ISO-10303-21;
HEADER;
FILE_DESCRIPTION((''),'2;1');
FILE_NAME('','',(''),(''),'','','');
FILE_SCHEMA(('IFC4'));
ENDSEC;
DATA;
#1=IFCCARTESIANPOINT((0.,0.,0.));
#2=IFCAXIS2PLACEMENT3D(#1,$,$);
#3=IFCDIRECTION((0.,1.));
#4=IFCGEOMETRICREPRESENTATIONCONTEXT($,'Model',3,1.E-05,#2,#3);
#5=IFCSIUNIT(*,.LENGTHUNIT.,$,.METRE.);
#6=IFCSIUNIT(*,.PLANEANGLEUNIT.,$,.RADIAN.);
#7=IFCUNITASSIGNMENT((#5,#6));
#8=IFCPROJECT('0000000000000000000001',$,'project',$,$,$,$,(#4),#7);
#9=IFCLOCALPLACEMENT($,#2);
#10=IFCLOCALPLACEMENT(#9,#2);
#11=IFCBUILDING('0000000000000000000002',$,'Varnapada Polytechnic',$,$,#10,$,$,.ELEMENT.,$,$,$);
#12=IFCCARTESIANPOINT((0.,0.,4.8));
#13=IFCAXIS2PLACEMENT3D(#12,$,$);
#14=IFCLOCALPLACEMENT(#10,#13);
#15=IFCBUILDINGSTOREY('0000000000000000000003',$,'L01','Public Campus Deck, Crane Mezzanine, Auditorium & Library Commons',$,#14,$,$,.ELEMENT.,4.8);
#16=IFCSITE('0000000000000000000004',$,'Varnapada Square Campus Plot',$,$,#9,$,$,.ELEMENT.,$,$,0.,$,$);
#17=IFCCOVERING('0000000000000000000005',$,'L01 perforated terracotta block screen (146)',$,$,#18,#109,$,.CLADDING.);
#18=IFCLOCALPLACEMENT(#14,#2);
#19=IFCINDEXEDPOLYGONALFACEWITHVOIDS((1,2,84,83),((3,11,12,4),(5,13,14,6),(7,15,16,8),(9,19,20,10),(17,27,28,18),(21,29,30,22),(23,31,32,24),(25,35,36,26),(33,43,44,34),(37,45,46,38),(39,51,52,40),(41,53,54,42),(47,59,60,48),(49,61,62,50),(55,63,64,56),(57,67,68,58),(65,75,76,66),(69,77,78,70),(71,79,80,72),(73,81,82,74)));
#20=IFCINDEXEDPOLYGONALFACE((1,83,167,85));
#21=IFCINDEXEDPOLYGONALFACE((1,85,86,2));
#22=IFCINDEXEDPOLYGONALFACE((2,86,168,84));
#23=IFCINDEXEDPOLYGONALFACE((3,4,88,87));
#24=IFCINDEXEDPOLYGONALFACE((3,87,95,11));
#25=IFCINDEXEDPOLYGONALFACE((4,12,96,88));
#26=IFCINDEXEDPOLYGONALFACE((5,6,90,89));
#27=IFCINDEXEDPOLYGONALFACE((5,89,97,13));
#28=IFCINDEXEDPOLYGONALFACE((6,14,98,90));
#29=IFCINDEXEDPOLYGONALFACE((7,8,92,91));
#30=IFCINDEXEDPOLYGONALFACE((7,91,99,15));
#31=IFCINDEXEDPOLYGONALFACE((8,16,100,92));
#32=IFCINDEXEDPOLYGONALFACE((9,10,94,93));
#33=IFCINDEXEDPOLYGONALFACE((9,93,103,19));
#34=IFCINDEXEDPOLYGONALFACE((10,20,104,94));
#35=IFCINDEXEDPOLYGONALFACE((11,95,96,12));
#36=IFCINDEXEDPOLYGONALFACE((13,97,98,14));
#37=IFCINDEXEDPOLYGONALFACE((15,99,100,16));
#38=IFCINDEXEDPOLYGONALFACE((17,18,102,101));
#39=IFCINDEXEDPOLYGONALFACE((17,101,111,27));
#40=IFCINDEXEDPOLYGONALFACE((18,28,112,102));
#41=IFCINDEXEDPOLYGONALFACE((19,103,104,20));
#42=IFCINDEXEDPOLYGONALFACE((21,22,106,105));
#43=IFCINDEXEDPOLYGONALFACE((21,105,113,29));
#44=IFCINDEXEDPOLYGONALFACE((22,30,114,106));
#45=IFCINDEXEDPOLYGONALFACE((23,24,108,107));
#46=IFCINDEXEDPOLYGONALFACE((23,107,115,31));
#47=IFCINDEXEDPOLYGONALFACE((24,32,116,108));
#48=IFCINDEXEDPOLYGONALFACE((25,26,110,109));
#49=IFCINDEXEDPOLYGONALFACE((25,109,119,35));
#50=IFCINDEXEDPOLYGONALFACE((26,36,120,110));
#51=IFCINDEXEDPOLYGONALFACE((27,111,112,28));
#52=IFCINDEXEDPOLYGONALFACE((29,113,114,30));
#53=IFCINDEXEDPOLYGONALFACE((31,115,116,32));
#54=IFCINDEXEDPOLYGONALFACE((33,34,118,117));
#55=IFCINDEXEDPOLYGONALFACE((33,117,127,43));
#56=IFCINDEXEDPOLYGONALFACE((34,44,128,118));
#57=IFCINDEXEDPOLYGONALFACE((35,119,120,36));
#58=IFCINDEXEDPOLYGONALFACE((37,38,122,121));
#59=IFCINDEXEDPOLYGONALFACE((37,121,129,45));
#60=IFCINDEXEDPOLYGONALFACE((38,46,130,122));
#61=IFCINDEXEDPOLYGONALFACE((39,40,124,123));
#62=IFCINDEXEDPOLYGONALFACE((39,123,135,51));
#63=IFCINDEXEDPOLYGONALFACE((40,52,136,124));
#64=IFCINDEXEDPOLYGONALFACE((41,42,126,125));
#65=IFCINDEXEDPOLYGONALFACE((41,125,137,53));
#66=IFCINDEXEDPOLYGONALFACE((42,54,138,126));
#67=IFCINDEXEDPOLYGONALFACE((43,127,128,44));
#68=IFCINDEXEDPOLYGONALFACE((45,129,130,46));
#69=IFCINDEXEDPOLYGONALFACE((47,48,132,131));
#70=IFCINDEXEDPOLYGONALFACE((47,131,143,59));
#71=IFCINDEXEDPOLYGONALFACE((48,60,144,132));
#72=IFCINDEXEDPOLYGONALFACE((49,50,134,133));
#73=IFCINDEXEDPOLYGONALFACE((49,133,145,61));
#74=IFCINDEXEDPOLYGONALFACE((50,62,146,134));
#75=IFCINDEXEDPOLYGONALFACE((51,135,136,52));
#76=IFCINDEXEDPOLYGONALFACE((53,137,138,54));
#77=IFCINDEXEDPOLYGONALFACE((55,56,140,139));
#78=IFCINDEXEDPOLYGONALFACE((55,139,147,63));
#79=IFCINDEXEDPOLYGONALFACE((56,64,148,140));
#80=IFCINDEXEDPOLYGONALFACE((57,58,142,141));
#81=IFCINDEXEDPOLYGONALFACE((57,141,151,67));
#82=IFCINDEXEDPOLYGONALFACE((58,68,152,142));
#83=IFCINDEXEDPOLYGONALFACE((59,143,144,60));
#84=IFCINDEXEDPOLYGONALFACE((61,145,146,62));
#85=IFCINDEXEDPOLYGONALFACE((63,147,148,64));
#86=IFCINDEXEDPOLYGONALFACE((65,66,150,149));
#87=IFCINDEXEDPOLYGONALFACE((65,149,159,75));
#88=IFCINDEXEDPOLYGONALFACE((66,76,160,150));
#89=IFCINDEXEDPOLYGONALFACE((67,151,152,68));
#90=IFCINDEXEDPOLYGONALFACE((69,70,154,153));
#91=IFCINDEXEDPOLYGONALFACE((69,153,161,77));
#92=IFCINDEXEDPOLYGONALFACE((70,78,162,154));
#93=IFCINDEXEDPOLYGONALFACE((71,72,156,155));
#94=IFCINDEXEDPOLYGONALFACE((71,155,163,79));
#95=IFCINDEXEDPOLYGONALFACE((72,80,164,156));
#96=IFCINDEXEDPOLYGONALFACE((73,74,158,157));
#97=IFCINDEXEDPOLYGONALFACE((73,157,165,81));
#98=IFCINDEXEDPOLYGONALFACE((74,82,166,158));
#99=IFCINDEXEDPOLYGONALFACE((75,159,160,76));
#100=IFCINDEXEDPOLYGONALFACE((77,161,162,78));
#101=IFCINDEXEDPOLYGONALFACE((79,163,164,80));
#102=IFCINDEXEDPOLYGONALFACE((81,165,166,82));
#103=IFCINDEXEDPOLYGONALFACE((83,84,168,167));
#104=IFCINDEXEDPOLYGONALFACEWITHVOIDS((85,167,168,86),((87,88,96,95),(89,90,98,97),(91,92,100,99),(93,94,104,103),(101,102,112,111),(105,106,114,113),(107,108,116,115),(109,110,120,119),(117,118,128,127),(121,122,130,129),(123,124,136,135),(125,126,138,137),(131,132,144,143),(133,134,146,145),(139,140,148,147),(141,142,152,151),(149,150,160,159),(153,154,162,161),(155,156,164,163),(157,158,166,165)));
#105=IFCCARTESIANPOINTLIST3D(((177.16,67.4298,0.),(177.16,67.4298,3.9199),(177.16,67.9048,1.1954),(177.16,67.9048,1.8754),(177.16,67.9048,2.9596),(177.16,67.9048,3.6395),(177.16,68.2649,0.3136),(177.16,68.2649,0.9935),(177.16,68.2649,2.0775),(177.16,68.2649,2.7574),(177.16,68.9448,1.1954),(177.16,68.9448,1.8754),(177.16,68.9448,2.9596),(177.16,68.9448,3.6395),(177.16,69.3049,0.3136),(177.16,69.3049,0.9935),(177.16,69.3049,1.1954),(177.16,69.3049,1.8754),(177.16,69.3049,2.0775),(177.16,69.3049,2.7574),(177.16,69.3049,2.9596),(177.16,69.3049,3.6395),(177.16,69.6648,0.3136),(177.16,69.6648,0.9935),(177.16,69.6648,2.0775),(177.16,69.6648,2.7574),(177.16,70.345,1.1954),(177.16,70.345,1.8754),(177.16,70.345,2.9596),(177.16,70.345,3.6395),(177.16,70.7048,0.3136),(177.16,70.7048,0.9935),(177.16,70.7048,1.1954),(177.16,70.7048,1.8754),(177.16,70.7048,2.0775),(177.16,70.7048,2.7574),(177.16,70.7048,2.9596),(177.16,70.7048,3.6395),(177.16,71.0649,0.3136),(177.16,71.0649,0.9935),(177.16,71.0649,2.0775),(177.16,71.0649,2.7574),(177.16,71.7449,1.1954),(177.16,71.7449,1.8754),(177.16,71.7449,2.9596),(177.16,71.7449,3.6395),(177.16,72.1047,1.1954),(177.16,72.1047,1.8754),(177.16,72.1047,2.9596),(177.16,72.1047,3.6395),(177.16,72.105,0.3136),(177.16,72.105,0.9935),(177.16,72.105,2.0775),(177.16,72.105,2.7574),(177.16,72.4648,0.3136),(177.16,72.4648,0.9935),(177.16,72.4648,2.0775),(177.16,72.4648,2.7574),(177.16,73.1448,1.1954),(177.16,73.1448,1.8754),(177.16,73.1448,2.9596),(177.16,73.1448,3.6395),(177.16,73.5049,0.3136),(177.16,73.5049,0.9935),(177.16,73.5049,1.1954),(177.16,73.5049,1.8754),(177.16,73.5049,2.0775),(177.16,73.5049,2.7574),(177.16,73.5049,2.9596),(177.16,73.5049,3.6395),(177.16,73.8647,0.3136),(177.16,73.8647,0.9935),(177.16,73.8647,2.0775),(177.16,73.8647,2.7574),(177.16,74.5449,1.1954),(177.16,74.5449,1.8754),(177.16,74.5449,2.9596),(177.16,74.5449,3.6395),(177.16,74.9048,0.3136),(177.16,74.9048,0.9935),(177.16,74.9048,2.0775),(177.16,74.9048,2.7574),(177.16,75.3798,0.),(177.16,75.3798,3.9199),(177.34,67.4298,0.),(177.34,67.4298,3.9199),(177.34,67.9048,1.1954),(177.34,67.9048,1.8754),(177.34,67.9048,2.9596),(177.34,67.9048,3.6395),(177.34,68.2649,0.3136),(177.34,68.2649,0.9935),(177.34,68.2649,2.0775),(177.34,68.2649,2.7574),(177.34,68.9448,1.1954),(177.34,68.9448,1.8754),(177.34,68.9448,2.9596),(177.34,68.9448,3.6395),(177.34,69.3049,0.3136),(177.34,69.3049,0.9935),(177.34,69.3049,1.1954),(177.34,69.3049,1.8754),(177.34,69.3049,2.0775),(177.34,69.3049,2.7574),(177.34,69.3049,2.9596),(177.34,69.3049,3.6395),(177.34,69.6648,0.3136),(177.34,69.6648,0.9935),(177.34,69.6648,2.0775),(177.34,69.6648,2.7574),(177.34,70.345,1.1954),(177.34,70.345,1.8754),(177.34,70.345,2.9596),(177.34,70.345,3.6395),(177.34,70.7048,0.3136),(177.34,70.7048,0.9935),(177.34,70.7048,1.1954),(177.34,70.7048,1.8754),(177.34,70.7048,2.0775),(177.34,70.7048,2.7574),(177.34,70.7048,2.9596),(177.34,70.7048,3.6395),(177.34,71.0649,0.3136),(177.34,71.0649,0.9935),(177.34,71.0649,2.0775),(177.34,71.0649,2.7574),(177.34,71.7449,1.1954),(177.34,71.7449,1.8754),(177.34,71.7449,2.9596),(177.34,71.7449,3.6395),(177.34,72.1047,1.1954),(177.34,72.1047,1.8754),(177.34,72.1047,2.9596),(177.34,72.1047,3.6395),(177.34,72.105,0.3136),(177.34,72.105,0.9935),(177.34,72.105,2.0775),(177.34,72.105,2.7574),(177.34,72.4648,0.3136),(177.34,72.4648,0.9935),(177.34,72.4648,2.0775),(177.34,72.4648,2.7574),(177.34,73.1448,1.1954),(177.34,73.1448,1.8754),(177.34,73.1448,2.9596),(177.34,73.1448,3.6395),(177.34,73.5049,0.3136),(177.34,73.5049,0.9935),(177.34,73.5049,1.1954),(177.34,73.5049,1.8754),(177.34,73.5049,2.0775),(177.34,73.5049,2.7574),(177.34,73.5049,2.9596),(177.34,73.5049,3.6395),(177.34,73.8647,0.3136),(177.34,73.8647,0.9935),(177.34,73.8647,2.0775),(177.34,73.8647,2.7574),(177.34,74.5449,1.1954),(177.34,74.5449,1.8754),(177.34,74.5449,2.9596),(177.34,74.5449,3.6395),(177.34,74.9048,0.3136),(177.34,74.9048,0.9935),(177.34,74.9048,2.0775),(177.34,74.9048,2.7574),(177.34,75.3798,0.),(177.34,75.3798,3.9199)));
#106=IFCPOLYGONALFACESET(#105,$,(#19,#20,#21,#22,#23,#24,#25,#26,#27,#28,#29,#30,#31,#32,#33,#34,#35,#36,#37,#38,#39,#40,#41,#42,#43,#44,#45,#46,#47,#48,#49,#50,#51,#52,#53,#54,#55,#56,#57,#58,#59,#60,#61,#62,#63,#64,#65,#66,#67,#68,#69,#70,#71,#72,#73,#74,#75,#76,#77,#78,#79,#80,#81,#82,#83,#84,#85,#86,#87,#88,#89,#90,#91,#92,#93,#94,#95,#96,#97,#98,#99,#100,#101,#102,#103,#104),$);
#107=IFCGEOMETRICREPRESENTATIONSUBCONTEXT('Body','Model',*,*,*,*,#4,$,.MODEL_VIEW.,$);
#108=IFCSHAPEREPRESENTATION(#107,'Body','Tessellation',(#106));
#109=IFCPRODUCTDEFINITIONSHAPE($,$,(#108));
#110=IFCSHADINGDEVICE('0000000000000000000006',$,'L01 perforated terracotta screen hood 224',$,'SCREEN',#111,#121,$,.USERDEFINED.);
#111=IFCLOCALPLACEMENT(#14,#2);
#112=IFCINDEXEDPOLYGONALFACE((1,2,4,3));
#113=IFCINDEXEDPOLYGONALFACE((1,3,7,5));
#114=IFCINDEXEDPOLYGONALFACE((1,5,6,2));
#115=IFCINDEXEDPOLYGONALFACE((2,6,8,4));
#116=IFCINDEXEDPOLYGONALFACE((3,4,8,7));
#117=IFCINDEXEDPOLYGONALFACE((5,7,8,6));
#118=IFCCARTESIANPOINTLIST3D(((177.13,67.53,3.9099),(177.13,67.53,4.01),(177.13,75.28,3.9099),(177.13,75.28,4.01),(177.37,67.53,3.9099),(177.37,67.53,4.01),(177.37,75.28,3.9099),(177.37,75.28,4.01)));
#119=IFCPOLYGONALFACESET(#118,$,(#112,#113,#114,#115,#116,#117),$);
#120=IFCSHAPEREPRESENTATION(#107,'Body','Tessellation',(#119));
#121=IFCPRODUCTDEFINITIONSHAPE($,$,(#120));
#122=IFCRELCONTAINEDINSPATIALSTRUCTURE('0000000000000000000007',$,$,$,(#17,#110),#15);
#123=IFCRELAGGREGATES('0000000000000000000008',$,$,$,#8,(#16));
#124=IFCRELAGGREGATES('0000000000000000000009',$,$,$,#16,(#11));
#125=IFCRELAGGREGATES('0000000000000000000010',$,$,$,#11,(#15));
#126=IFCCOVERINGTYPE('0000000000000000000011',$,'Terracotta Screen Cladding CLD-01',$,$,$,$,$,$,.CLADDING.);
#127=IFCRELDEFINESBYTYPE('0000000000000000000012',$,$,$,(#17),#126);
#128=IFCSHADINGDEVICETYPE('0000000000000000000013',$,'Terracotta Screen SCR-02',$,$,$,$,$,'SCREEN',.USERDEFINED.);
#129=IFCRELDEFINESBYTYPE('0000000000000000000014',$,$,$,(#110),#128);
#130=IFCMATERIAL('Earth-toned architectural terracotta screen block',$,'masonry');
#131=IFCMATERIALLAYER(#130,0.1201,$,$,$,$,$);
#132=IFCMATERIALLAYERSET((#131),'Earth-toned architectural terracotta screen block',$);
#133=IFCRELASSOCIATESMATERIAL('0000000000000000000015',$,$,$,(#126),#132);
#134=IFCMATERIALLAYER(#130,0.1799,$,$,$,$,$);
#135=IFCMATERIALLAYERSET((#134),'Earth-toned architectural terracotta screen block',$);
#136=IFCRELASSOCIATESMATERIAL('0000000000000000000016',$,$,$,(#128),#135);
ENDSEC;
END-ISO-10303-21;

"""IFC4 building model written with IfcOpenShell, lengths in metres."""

from ifc_helpers import new_model, si_unit, direction, frame, frame_2d, origin, origin_2d, place, context, subcontext, project, spatial, rectangle, extrude, material, layer, layer_set, type_object, element, save


model = new_model("IFC4")

# Units and contexts
model_context = context("Model", 3, precision=1e-05, world=origin(), true_north=direction((0.0, 1.0)))
body_context = subcontext(model_context, "Body", "Model", "MODEL_VIEW")
ifc_project = project(units=[si_unit("LENGTHUNIT", "METRE"), si_unit("PLANEANGLEUNIT", "RADIAN")], contexts=[model_context])

# Site, building, storey
site_placement = place(None, origin())
site = spatial("IfcSite", under=ifc_project, at=site_placement, Name="Varnapada Square Campus Plot", CompositionType="ELEMENT", RefElevation=0.0)
building_placement = place(site_placement, origin())
building = spatial("IfcBuilding", under=site, at=building_placement, Name="Varnapada Polytechnic", CompositionType="ELEMENT")
storey_placement = place(building_placement, frame((0.0, 0.0, 4.8)))
storey = spatial("IfcBuildingStorey", under=building, at=storey_placement, Name="L01", Description="Public Campus Deck, Crane Mezzanine, Auditorium & Library Commons", CompositionType="ELEMENT", Elevation=4.8)

# Covering, openings
ifc_material_1 = material(Name="Earth-toned architectural terracotta screen block", Category="masonry")
ifc_layer_1 = layer(ifc_material_1, 0.1201)
ifc_layer_set_1 = layer_set([ifc_layer_1], Name="Earth-toned architectural terracotta screen block")
covering_type = type_object("IfcCoveringType", Name="Terracotta Screen Cladding CLD-01", PredefinedType="CLADDING", material=ifc_layer_set_1)
covering_placement = place(storey_placement, frame((177.25, 75.3799, 0.0), z_axis=(0.0, 0.0, 1.0), x_axis=(0.0, -1.0, 0.0)))
covering = element("IfcCovering", 1, at=covering_placement, inside=storey, type_object=covering_type, Name="L01 perforated terracotta block screen (146)", PredefinedType="CLADDING", context=body_context, shape_type="SweptSolid", body=[
    extrude(rectangle(XDim=7.95, YDim=0.1799, at=frame_2d((3.9751, 0.0))), origin(), (0.0, 0.0, 1.0), 3.9199),
])
opening_1_placement = place(covering_placement, frame((0.4751, 0.0, 0.3137)))
element("IfcOpeningElement", 2, at=opening_1_placement, cuts=covering, PredefinedType="OPENING", context=body_context, shape_type="SweptSolid", body=[
    extrude(rectangle(XDim=1.04, YDim=0.6799, at=frame_2d((0.52, 0.3398))), frame((0.0, 0.0999, 0.0), z_axis=(0.0, -1.0, 0.0), x_axis=(1.0, 0.0, 0.0)), (0.0, 0.0, 1.0), 0.2),
])
opening_2_placement = place(covering_placement, frame((1.875, 0.0, 0.3137)))
element("IfcOpeningElement", 3, at=opening_2_placement, cuts=covering, PredefinedType="OPENING", context=body_context, shape_type="SweptSolid", body=[
    extrude(rectangle(XDim=1.04, YDim=0.6799, at=frame_2d((0.52, 0.3398))), frame((0.0, 0.0999, 0.0), z_axis=(0.0, -1.0, 0.0), x_axis=(1.0, 0.0, 0.0)), (0.0, 0.0, 1.0), 0.2),
])
opening_3_placement = place(covering_placement, frame((3.2749, 0.0, 0.3137)))
element("IfcOpeningElement", 4, at=opening_3_placement, cuts=covering, PredefinedType="OPENING", context=body_context, shape_type="SweptSolid", body=[
    extrude(rectangle(XDim=1.04, YDim=0.6799, at=frame_2d((0.52, 0.3398))), frame((0.0, 0.0999, 0.0), z_axis=(0.0, -1.0, 0.0), x_axis=(1.0, 0.0, 0.0)), (0.0, 0.0, 1.0), 0.2),
])
opening_4_placement = place(covering_placement, frame((4.675, 0.0, 0.3137)))
element("IfcOpeningElement", 5, at=opening_4_placement, cuts=covering, PredefinedType="OPENING", context=body_context, shape_type="SweptSolid", body=[
    extrude(rectangle(XDim=1.04, YDim=0.6799, at=frame_2d((0.52, 0.3398))), frame((0.0, 0.0999, 0.0), z_axis=(0.0, -1.0, 0.0), x_axis=(1.0, 0.0, 0.0)), (0.0, 0.0, 1.0), 0.2),
])
opening_5_placement = place(covering_placement, frame((6.075, 0.0, 0.3137)))
element("IfcOpeningElement", 6, at=opening_5_placement, cuts=covering, PredefinedType="OPENING", context=body_context, shape_type="SweptSolid", body=[
    extrude(rectangle(XDim=1.04, YDim=0.6799, at=frame_2d((0.52, 0.3398))), frame((0.0, 0.0999, 0.0), z_axis=(0.0, -1.0, 0.0), x_axis=(1.0, 0.0, 0.0)), (0.0, 0.0, 1.0), 0.2),
])
opening_6_placement = place(covering_placement, frame((0.835, 0.0, 1.1956)))
element("IfcOpeningElement", 7, at=opening_6_placement, cuts=covering, PredefinedType="OPENING", context=body_context, shape_type="SweptSolid", body=[
    extrude(rectangle(XDim=1.04, YDim=0.6799, at=frame_2d((0.52, 0.3398))), frame((0.0, 0.0999, 0.0), z_axis=(0.0, -1.0, 0.0), x_axis=(1.0, 0.0, 0.0)), (0.0, 0.0, 1.0), 0.2),
])
opening_7_placement = place(covering_placement, frame((2.2351, 0.0, 1.1956)))
element("IfcOpeningElement", 8, at=opening_7_placement, cuts=covering, PredefinedType="OPENING", context=body_context, shape_type="SweptSolid", body=[
    extrude(rectangle(XDim=1.04, YDim=0.6799, at=frame_2d((0.52, 0.3398))), frame((0.0, 0.0999, 0.0), z_axis=(0.0, -1.0, 0.0), x_axis=(1.0, 0.0, 0.0)), (0.0, 0.0, 1.0), 0.2),
])
opening_8_placement = place(covering_placement, frame((3.635, 0.0, 1.1956)))
element("IfcOpeningElement", 9, at=opening_8_placement, cuts=covering, PredefinedType="OPENING", context=body_context, shape_type="SweptSolid", body=[
    extrude(rectangle(XDim=1.04, YDim=0.6799, at=frame_2d((0.52, 0.3398))), frame((0.0, 0.0999, 0.0), z_axis=(0.0, -1.0, 0.0), x_axis=(1.0, 0.0, 0.0)), (0.0, 0.0, 1.0), 0.2),
])
opening_9_placement = place(covering_placement, frame((5.0349, 0.0, 1.1956)))
element("IfcOpeningElement", 10, at=opening_9_placement, cuts=covering, PredefinedType="OPENING", context=body_context, shape_type="SweptSolid", body=[
    extrude(rectangle(XDim=1.04, YDim=0.6799, at=frame_2d((0.52, 0.3398))), frame((0.0, 0.0999, 0.0), z_axis=(0.0, -1.0, 0.0), x_axis=(1.0, 0.0, 0.0)), (0.0, 0.0, 1.0), 0.2),
])
opening_10_placement = place(covering_placement, frame((6.4351, 0.0, 1.1956)))
element("IfcOpeningElement", 11, at=opening_10_placement, cuts=covering, PredefinedType="OPENING", context=body_context, shape_type="SweptSolid", body=[
    extrude(rectangle(XDim=1.04, YDim=0.6799, at=frame_2d((0.52, 0.3398))), frame((0.0, 0.0999, 0.0), z_axis=(0.0, -1.0, 0.0), x_axis=(1.0, 0.0, 0.0)), (0.0, 0.0, 1.0), 0.2),
])
opening_11_placement = place(covering_placement, frame((0.4751, 0.0, 2.0776)))
element("IfcOpeningElement", 12, at=opening_11_placement, cuts=covering, PredefinedType="OPENING", context=body_context, shape_type="SweptSolid", body=[
    extrude(rectangle(XDim=1.04, YDim=0.6799, at=frame_2d((0.52, 0.3398))), frame((0.0, 0.0999, 0.0), z_axis=(0.0, -1.0, 0.0), x_axis=(1.0, 0.0, 0.0)), (0.0, 0.0, 1.0), 0.2),
])
opening_12_placement = place(covering_placement, frame((1.875, 0.0, 2.0776)))
element("IfcOpeningElement", 13, at=opening_12_placement, cuts=covering, PredefinedType="OPENING", context=body_context, shape_type="SweptSolid", body=[
    extrude(rectangle(XDim=1.04, YDim=0.6799, at=frame_2d((0.52, 0.3398))), frame((0.0, 0.0999, 0.0), z_axis=(0.0, -1.0, 0.0), x_axis=(1.0, 0.0, 0.0)), (0.0, 0.0, 1.0), 0.2),
])
opening_13_placement = place(covering_placement, frame((3.2749, 0.0, 2.0776)))
element("IfcOpeningElement", 14, at=opening_13_placement, cuts=covering, PredefinedType="OPENING", context=body_context, shape_type="SweptSolid", body=[
    extrude(rectangle(XDim=1.04, YDim=0.6799, at=frame_2d((0.52, 0.3398))), frame((0.0, 0.0999, 0.0), z_axis=(0.0, -1.0, 0.0), x_axis=(1.0, 0.0, 0.0)), (0.0, 0.0, 1.0), 0.2),
])
opening_14_placement = place(covering_placement, frame((4.675, 0.0, 2.0776)))
element("IfcOpeningElement", 15, at=opening_14_placement, cuts=covering, PredefinedType="OPENING", context=body_context, shape_type="SweptSolid", body=[
    extrude(rectangle(XDim=1.04, YDim=0.6799, at=frame_2d((0.52, 0.3398))), frame((0.0, 0.0999, 0.0), z_axis=(0.0, -1.0, 0.0), x_axis=(1.0, 0.0, 0.0)), (0.0, 0.0, 1.0), 0.2),
])
opening_15_placement = place(covering_placement, frame((6.075, 0.0, 2.0776)))
element("IfcOpeningElement", 16, at=opening_15_placement, cuts=covering, PredefinedType="OPENING", context=body_context, shape_type="SweptSolid", body=[
    extrude(rectangle(XDim=1.04, YDim=0.6799, at=frame_2d((0.52, 0.3398))), frame((0.0, 0.0999, 0.0), z_axis=(0.0, -1.0, 0.0), x_axis=(1.0, 0.0, 0.0)), (0.0, 0.0, 1.0), 0.2),
])
opening_16_placement = place(covering_placement, frame((0.835, 0.0, 2.9597)))
element("IfcOpeningElement", 17, at=opening_16_placement, cuts=covering, PredefinedType="OPENING", context=body_context, shape_type="SweptSolid", body=[
    extrude(rectangle(XDim=1.04, YDim=0.6799, at=frame_2d((0.52, 0.3398))), frame((0.0, 0.0999, 0.0), z_axis=(0.0, -1.0, 0.0), x_axis=(1.0, 0.0, 0.0)), (0.0, 0.0, 1.0), 0.2),
])
opening_17_placement = place(covering_placement, frame((2.2351, 0.0, 2.9597)))
element("IfcOpeningElement", 18, at=opening_17_placement, cuts=covering, PredefinedType="OPENING", context=body_context, shape_type="SweptSolid", body=[
    extrude(rectangle(XDim=1.04, YDim=0.6799, at=frame_2d((0.52, 0.3398))), frame((0.0, 0.0999, 0.0), z_axis=(0.0, -1.0, 0.0), x_axis=(1.0, 0.0, 0.0)), (0.0, 0.0, 1.0), 0.2),
])
opening_18_placement = place(covering_placement, frame((3.635, 0.0, 2.9597)))
element("IfcOpeningElement", 19, at=opening_18_placement, cuts=covering, PredefinedType="OPENING", context=body_context, shape_type="SweptSolid", body=[
    extrude(rectangle(XDim=1.04, YDim=0.6799, at=frame_2d((0.52, 0.3398))), frame((0.0, 0.0999, 0.0), z_axis=(0.0, -1.0, 0.0), x_axis=(1.0, 0.0, 0.0)), (0.0, 0.0, 1.0), 0.2),
])
opening_19_placement = place(covering_placement, frame((5.0349, 0.0, 2.9597)))
element("IfcOpeningElement", 20, at=opening_19_placement, cuts=covering, PredefinedType="OPENING", context=body_context, shape_type="SweptSolid", body=[
    extrude(rectangle(XDim=1.04, YDim=0.6799, at=frame_2d((0.52, 0.3398))), frame((0.0, 0.0999, 0.0), z_axis=(0.0, -1.0, 0.0), x_axis=(1.0, 0.0, 0.0)), (0.0, 0.0, 1.0), 0.2),
])
opening_20_placement = place(covering_placement, frame((6.4351, 0.0, 2.9597)))
element("IfcOpeningElement", 21, at=opening_20_placement, cuts=covering, PredefinedType="OPENING", context=body_context, shape_type="SweptSolid", body=[
    extrude(rectangle(XDim=1.04, YDim=0.6799, at=frame_2d((0.52, 0.3398))), frame((0.0, 0.0999, 0.0), z_axis=(0.0, -1.0, 0.0), x_axis=(1.0, 0.0, 0.0)), (0.0, 0.0, 1.0), 0.2),
])

# Shading device
ifc_layer_2 = layer(ifc_material_1, 0.1799)
ifc_layer_set_2 = layer_set([ifc_layer_2], Name="Earth-toned architectural terracotta screen block")
shading_device_type = type_object("IfcShadingDeviceType", Name="Terracotta Screen SCR-02", ElementType="SCREEN", PredefinedType="USERDEFINED", material=ifc_layer_set_2)
shading_device_placement = place(storey_placement, frame((177.25, 71.405, 3.9099), z_axis=(0.0, 0.0, 1.0), x_axis=(0.0, -1.0, 0.0)))
element("IfcShadingDevice", 22, at=shading_device_placement, inside=storey, type_object=shading_device_type, Name="L01 perforated terracotta screen hood 224", ObjectType="SCREEN", PredefinedType="USERDEFINED", context=body_context, shape_type="SweptSolid", body=[
    extrude(rectangle(XDim=7.75, YDim=0.24, at=origin_2d()), origin(), (0.0, 0.0, 1.0), 0.1001),
])

save(model, "model.ifc")
